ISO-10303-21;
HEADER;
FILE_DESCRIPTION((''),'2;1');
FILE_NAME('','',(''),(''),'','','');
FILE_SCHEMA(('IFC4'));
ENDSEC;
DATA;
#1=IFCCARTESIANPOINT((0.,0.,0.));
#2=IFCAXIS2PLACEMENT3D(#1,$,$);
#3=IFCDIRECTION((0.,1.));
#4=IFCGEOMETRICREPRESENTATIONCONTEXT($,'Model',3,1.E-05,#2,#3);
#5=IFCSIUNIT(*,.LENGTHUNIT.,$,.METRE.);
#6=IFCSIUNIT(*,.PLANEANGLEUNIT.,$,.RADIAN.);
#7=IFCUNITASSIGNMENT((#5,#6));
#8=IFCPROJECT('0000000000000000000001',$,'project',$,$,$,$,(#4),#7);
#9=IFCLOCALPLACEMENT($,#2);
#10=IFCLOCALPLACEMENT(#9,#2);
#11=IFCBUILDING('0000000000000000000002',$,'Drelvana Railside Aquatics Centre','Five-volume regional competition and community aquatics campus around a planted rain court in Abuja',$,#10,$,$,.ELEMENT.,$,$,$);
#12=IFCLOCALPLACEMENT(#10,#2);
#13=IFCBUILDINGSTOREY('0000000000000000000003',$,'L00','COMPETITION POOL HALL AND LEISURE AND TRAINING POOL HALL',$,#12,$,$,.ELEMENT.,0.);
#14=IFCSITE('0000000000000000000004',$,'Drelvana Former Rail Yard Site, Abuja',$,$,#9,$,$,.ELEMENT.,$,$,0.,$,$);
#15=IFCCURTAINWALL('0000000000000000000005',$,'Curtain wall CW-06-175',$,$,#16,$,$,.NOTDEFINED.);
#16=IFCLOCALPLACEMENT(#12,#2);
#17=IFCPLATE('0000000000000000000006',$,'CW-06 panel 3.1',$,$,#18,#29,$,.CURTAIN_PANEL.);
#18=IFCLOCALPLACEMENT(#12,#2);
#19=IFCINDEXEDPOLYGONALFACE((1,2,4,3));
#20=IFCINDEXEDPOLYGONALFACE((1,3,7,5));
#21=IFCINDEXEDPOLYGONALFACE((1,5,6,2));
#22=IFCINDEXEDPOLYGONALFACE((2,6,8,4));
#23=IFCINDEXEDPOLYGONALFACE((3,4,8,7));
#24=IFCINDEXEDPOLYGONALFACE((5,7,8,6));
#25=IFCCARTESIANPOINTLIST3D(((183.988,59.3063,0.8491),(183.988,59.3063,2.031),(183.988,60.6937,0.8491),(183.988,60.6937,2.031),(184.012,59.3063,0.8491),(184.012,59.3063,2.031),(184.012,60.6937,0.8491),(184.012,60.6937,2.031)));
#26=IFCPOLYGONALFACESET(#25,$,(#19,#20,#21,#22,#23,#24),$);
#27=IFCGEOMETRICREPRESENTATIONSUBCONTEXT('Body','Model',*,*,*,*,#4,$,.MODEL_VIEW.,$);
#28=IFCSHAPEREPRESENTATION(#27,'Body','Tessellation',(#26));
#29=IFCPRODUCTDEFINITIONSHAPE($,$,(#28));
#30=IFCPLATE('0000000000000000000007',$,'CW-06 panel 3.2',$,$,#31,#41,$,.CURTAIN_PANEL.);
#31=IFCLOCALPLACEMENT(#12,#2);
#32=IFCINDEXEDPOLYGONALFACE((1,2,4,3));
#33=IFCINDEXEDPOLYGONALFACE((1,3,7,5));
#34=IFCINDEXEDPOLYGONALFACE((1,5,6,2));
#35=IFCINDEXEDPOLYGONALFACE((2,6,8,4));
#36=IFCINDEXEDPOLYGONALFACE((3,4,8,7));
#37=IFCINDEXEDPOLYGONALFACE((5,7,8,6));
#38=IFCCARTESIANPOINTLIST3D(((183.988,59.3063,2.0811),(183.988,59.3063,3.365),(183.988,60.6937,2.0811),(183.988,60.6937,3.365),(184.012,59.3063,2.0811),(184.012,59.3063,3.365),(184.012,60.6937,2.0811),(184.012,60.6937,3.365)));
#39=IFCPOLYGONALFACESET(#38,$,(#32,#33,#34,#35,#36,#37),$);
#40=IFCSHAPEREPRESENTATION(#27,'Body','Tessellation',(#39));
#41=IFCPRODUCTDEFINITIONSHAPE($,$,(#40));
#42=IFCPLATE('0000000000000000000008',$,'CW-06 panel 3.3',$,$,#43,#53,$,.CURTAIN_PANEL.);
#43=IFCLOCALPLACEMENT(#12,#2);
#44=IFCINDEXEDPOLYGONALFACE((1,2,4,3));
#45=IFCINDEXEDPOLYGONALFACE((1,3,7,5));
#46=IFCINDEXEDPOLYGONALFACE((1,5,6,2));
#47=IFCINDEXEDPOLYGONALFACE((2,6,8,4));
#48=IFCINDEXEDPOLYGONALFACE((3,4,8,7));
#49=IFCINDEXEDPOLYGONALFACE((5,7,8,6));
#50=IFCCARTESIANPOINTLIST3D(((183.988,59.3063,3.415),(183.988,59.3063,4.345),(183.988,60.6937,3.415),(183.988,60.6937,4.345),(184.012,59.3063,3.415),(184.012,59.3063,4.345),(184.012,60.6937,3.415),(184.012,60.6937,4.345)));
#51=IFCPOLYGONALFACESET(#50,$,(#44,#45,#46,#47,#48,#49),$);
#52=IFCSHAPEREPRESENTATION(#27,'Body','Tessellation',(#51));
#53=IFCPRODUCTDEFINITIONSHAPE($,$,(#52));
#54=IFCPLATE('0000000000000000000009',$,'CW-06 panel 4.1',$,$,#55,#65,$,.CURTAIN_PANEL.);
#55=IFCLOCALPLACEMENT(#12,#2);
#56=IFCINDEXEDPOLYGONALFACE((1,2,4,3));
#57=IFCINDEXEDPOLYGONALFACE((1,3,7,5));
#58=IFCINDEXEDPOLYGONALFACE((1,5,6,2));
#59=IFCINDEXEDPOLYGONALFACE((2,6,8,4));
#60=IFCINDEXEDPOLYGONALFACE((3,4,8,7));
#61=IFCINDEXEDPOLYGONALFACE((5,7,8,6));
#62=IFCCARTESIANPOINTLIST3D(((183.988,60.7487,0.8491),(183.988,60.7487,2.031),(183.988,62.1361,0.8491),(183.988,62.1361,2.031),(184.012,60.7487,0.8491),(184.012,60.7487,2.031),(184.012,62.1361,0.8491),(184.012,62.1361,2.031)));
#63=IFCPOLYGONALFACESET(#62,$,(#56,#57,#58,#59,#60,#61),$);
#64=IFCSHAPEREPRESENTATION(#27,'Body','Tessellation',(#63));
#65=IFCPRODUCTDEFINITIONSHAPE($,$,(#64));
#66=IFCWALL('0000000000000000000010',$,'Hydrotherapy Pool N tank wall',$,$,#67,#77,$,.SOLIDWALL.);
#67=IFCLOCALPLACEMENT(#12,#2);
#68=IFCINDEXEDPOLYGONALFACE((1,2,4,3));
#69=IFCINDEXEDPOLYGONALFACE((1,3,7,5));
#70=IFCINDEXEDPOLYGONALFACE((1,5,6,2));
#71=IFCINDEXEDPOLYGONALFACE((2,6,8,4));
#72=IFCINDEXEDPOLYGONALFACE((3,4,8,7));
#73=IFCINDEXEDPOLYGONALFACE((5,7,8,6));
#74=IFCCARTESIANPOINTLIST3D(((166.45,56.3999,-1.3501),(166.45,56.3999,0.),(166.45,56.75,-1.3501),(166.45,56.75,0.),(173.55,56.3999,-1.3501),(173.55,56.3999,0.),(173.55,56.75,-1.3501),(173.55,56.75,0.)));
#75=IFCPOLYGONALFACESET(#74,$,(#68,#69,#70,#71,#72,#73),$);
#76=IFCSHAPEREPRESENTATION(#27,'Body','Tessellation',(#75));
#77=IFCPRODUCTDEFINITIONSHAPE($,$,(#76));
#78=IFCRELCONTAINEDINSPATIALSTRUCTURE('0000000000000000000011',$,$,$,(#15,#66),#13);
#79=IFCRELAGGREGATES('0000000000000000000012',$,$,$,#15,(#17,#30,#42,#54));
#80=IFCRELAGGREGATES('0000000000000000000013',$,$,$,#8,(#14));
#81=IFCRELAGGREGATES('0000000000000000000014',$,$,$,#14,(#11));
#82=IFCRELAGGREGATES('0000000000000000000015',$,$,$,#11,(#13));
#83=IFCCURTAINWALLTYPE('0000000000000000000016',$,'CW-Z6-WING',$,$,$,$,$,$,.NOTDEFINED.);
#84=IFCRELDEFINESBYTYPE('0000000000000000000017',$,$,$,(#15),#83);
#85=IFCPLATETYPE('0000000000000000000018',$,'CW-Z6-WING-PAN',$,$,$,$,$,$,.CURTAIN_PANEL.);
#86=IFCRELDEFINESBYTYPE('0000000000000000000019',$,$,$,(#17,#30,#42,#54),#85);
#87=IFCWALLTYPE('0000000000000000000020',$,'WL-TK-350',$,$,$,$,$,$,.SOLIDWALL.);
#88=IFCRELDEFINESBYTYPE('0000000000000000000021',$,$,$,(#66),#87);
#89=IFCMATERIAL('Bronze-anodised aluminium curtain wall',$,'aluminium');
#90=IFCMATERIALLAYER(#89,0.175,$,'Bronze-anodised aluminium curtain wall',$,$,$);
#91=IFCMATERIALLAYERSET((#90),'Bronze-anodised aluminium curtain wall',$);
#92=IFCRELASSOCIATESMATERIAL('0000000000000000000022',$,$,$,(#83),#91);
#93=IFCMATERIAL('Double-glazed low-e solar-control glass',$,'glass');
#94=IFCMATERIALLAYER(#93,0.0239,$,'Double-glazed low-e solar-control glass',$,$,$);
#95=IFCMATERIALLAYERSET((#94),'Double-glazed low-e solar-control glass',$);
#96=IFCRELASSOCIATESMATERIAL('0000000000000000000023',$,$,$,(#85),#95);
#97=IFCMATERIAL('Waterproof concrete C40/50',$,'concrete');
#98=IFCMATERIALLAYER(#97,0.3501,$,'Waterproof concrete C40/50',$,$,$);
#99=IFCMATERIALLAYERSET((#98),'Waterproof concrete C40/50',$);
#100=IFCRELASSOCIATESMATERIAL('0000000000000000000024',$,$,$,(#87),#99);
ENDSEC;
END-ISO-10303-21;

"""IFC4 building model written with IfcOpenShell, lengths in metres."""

from ifc_helpers import new_model, si_unit, direction, frame, frame_2d, origin, origin_2d, place, context, subcontext, project, spatial, rectangle, extrude, material, layer, layer_set, type_object, element, aggregate, save


model = new_model("IFC4")

# Units and contexts
model_context = context("Model", 3, precision=1e-05, world=origin(), true_north=direction((0.0, 1.0)))
body_context = subcontext(model_context, "Body", "Model", "MODEL_VIEW")
ifc_project = project(units=[si_unit("LENGTHUNIT", "METRE"), si_unit("PLANEANGLEUNIT", "RADIAN")], contexts=[model_context])

# Site, building, storey
site_placement = place(None, origin())
site = spatial("IfcSite", under=ifc_project, at=site_placement, Name="Drelvana Former Rail Yard Site, Abuja", CompositionType="ELEMENT", RefElevation=0.0)
building_placement = place(site_placement, origin())
building = spatial("IfcBuilding", under=site, at=building_placement, Name="Drelvana Railside Aquatics Centre", Description="Five-volume regional competition and community aquatics campus around a planted rain court in Abuja", CompositionType="ELEMENT")
storey_placement = place(building_placement, origin())
storey = spatial("IfcBuildingStorey", under=building, at=storey_placement, Name="L00", Description="COMPETITION POOL HALL AND LEISURE AND TRAINING POOL HALL", CompositionType="ELEMENT", Elevation=0.0)

# Curtain wall
ifc_material_1 = material(Name="Bronze-anodised aluminium curtain wall", Category="aluminium")
ifc_layer_1 = layer(ifc_material_1, 0.175, Name="Bronze-anodised aluminium curtain wall")
ifc_layer_set_1 = layer_set([ifc_layer_1], Name="Bronze-anodised aluminium curtain wall")
curtain_wall_type = type_object("IfcCurtainWallType", Name="CW-Z6-WING", PredefinedType="NOTDEFINED", material=ifc_layer_set_1)
curtain_wall_placement = place(storey_placement, origin())
curtain_wall = element("IfcCurtainWall", 1, at=curtain_wall_placement, inside=storey, type_object=curtain_wall_type, Name="Curtain wall CW-06-175", PredefinedType="NOTDEFINED")

# Plates
ifc_material_2 = material(Name="Double-glazed low-e solar-control glass", Category="glass")
ifc_layer_2 = layer(ifc_material_2, 0.0239, Name="Double-glazed low-e solar-control glass")
ifc_layer_set_2 = layer_set([ifc_layer_2], Name="Double-glazed low-e solar-control glass")
plate_type = type_object("IfcPlateType", Name="CW-Z6-WING-PAN", PredefinedType="CURTAIN_PANEL", material=ifc_layer_set_2)
plate_1_placement = place(storey_placement, frame((184.0, 60.0, 0.8491), z_axis=(0.0, 0.0, 1.0), x_axis=(0.0, 1.0, 0.0)))
plate_1 = element("IfcPlate", 2, at=plate_1_placement, type_object=plate_type, Name="CW-06 panel 3.1", PredefinedType="CURTAIN_PANEL", context=body_context, shape_type="SweptSolid", body=[
    extrude(rectangle(XDim=1.3875, YDim=0.0239, at=origin_2d()), origin(), (0.0, 0.0, 1.0), 1.1819),
])
plate_2_placement = place(storey_placement, frame((184.0, 60.0, 2.0811), z_axis=(0.0, 0.0, 1.0), x_axis=(0.0, 1.0, 0.0)))
plate_2 = element("IfcPlate", 3, at=plate_2_placement, type_object=plate_type, Name="CW-06 panel 3.2", PredefinedType="CURTAIN_PANEL", context=body_context, shape_type="SweptSolid", body=[
    extrude(rectangle(XDim=1.3875, YDim=0.0239, at=origin_2d()), origin(), (0.0, 0.0, 1.0), 1.2839),
])
plate_3_placement = place(storey_placement, frame((184.0, 60.0, 3.415), z_axis=(0.0, 0.0, 1.0), x_axis=(0.0, 1.0, 0.0)))
plate_3 = element("IfcPlate", 4, at=plate_3_placement, type_object=plate_type, Name="CW-06 panel 3.3", PredefinedType="CURTAIN_PANEL", context=body_context, shape_type="SweptSolid", body=[
    extrude(rectangle(XDim=1.3875, YDim=0.0239, at=origin_2d()), origin(), (0.0, 0.0, 1.0), 0.9299),
])
plate_4_placement = place(storey_placement, frame((184.0, 61.4424, 0.8491), z_axis=(0.0, 0.0, 1.0), x_axis=(0.0, 1.0, 0.0)))
plate_4 = element("IfcPlate", 5, at=plate_4_placement, type_object=plate_type, Name="CW-06 panel 4.1", PredefinedType="CURTAIN_PANEL", context=body_context, shape_type="SweptSolid", body=[
    extrude(rectangle(XDim=1.3875, YDim=0.0239, at=origin_2d()), origin(), (0.0, 0.0, 1.0), 1.1819),
])
aggregate(curtain_wall, [plate_1, plate_2, plate_3, plate_4])

# Wall
ifc_material_3 = material(Name="Waterproof concrete C40/50", Category="concrete")
ifc_layer_3 = layer(ifc_material_3, 0.3501, Name="Waterproof concrete C40/50")
ifc_layer_set_3 = layer_set([ifc_layer_3], Name="Waterproof concrete C40/50")
wall_type = type_object("IfcWallType", Name="WL-TK-350", PredefinedType="SOLIDWALL", material=ifc_layer_set_3)
wall_placement = place(storey_placement, frame((166.45, 56.575, -1.3501), z_axis=(0.0, 0.0, 1.0), x_axis=(1.0, 0.0, 0.0)))
element("IfcWall", 6, at=wall_placement, inside=storey, type_object=wall_type, Name="Hydrotherapy Pool N tank wall", PredefinedType="SOLIDWALL", context=body_context, shape_type="SweptSolid", body=[
    extrude(rectangle(XDim=7.1001, YDim=0.3501, at=frame_2d((3.55, 0.0))), origin(), (0.0, 0.0, 1.0), 1.3501),
])

save(model, "model.ifc")
